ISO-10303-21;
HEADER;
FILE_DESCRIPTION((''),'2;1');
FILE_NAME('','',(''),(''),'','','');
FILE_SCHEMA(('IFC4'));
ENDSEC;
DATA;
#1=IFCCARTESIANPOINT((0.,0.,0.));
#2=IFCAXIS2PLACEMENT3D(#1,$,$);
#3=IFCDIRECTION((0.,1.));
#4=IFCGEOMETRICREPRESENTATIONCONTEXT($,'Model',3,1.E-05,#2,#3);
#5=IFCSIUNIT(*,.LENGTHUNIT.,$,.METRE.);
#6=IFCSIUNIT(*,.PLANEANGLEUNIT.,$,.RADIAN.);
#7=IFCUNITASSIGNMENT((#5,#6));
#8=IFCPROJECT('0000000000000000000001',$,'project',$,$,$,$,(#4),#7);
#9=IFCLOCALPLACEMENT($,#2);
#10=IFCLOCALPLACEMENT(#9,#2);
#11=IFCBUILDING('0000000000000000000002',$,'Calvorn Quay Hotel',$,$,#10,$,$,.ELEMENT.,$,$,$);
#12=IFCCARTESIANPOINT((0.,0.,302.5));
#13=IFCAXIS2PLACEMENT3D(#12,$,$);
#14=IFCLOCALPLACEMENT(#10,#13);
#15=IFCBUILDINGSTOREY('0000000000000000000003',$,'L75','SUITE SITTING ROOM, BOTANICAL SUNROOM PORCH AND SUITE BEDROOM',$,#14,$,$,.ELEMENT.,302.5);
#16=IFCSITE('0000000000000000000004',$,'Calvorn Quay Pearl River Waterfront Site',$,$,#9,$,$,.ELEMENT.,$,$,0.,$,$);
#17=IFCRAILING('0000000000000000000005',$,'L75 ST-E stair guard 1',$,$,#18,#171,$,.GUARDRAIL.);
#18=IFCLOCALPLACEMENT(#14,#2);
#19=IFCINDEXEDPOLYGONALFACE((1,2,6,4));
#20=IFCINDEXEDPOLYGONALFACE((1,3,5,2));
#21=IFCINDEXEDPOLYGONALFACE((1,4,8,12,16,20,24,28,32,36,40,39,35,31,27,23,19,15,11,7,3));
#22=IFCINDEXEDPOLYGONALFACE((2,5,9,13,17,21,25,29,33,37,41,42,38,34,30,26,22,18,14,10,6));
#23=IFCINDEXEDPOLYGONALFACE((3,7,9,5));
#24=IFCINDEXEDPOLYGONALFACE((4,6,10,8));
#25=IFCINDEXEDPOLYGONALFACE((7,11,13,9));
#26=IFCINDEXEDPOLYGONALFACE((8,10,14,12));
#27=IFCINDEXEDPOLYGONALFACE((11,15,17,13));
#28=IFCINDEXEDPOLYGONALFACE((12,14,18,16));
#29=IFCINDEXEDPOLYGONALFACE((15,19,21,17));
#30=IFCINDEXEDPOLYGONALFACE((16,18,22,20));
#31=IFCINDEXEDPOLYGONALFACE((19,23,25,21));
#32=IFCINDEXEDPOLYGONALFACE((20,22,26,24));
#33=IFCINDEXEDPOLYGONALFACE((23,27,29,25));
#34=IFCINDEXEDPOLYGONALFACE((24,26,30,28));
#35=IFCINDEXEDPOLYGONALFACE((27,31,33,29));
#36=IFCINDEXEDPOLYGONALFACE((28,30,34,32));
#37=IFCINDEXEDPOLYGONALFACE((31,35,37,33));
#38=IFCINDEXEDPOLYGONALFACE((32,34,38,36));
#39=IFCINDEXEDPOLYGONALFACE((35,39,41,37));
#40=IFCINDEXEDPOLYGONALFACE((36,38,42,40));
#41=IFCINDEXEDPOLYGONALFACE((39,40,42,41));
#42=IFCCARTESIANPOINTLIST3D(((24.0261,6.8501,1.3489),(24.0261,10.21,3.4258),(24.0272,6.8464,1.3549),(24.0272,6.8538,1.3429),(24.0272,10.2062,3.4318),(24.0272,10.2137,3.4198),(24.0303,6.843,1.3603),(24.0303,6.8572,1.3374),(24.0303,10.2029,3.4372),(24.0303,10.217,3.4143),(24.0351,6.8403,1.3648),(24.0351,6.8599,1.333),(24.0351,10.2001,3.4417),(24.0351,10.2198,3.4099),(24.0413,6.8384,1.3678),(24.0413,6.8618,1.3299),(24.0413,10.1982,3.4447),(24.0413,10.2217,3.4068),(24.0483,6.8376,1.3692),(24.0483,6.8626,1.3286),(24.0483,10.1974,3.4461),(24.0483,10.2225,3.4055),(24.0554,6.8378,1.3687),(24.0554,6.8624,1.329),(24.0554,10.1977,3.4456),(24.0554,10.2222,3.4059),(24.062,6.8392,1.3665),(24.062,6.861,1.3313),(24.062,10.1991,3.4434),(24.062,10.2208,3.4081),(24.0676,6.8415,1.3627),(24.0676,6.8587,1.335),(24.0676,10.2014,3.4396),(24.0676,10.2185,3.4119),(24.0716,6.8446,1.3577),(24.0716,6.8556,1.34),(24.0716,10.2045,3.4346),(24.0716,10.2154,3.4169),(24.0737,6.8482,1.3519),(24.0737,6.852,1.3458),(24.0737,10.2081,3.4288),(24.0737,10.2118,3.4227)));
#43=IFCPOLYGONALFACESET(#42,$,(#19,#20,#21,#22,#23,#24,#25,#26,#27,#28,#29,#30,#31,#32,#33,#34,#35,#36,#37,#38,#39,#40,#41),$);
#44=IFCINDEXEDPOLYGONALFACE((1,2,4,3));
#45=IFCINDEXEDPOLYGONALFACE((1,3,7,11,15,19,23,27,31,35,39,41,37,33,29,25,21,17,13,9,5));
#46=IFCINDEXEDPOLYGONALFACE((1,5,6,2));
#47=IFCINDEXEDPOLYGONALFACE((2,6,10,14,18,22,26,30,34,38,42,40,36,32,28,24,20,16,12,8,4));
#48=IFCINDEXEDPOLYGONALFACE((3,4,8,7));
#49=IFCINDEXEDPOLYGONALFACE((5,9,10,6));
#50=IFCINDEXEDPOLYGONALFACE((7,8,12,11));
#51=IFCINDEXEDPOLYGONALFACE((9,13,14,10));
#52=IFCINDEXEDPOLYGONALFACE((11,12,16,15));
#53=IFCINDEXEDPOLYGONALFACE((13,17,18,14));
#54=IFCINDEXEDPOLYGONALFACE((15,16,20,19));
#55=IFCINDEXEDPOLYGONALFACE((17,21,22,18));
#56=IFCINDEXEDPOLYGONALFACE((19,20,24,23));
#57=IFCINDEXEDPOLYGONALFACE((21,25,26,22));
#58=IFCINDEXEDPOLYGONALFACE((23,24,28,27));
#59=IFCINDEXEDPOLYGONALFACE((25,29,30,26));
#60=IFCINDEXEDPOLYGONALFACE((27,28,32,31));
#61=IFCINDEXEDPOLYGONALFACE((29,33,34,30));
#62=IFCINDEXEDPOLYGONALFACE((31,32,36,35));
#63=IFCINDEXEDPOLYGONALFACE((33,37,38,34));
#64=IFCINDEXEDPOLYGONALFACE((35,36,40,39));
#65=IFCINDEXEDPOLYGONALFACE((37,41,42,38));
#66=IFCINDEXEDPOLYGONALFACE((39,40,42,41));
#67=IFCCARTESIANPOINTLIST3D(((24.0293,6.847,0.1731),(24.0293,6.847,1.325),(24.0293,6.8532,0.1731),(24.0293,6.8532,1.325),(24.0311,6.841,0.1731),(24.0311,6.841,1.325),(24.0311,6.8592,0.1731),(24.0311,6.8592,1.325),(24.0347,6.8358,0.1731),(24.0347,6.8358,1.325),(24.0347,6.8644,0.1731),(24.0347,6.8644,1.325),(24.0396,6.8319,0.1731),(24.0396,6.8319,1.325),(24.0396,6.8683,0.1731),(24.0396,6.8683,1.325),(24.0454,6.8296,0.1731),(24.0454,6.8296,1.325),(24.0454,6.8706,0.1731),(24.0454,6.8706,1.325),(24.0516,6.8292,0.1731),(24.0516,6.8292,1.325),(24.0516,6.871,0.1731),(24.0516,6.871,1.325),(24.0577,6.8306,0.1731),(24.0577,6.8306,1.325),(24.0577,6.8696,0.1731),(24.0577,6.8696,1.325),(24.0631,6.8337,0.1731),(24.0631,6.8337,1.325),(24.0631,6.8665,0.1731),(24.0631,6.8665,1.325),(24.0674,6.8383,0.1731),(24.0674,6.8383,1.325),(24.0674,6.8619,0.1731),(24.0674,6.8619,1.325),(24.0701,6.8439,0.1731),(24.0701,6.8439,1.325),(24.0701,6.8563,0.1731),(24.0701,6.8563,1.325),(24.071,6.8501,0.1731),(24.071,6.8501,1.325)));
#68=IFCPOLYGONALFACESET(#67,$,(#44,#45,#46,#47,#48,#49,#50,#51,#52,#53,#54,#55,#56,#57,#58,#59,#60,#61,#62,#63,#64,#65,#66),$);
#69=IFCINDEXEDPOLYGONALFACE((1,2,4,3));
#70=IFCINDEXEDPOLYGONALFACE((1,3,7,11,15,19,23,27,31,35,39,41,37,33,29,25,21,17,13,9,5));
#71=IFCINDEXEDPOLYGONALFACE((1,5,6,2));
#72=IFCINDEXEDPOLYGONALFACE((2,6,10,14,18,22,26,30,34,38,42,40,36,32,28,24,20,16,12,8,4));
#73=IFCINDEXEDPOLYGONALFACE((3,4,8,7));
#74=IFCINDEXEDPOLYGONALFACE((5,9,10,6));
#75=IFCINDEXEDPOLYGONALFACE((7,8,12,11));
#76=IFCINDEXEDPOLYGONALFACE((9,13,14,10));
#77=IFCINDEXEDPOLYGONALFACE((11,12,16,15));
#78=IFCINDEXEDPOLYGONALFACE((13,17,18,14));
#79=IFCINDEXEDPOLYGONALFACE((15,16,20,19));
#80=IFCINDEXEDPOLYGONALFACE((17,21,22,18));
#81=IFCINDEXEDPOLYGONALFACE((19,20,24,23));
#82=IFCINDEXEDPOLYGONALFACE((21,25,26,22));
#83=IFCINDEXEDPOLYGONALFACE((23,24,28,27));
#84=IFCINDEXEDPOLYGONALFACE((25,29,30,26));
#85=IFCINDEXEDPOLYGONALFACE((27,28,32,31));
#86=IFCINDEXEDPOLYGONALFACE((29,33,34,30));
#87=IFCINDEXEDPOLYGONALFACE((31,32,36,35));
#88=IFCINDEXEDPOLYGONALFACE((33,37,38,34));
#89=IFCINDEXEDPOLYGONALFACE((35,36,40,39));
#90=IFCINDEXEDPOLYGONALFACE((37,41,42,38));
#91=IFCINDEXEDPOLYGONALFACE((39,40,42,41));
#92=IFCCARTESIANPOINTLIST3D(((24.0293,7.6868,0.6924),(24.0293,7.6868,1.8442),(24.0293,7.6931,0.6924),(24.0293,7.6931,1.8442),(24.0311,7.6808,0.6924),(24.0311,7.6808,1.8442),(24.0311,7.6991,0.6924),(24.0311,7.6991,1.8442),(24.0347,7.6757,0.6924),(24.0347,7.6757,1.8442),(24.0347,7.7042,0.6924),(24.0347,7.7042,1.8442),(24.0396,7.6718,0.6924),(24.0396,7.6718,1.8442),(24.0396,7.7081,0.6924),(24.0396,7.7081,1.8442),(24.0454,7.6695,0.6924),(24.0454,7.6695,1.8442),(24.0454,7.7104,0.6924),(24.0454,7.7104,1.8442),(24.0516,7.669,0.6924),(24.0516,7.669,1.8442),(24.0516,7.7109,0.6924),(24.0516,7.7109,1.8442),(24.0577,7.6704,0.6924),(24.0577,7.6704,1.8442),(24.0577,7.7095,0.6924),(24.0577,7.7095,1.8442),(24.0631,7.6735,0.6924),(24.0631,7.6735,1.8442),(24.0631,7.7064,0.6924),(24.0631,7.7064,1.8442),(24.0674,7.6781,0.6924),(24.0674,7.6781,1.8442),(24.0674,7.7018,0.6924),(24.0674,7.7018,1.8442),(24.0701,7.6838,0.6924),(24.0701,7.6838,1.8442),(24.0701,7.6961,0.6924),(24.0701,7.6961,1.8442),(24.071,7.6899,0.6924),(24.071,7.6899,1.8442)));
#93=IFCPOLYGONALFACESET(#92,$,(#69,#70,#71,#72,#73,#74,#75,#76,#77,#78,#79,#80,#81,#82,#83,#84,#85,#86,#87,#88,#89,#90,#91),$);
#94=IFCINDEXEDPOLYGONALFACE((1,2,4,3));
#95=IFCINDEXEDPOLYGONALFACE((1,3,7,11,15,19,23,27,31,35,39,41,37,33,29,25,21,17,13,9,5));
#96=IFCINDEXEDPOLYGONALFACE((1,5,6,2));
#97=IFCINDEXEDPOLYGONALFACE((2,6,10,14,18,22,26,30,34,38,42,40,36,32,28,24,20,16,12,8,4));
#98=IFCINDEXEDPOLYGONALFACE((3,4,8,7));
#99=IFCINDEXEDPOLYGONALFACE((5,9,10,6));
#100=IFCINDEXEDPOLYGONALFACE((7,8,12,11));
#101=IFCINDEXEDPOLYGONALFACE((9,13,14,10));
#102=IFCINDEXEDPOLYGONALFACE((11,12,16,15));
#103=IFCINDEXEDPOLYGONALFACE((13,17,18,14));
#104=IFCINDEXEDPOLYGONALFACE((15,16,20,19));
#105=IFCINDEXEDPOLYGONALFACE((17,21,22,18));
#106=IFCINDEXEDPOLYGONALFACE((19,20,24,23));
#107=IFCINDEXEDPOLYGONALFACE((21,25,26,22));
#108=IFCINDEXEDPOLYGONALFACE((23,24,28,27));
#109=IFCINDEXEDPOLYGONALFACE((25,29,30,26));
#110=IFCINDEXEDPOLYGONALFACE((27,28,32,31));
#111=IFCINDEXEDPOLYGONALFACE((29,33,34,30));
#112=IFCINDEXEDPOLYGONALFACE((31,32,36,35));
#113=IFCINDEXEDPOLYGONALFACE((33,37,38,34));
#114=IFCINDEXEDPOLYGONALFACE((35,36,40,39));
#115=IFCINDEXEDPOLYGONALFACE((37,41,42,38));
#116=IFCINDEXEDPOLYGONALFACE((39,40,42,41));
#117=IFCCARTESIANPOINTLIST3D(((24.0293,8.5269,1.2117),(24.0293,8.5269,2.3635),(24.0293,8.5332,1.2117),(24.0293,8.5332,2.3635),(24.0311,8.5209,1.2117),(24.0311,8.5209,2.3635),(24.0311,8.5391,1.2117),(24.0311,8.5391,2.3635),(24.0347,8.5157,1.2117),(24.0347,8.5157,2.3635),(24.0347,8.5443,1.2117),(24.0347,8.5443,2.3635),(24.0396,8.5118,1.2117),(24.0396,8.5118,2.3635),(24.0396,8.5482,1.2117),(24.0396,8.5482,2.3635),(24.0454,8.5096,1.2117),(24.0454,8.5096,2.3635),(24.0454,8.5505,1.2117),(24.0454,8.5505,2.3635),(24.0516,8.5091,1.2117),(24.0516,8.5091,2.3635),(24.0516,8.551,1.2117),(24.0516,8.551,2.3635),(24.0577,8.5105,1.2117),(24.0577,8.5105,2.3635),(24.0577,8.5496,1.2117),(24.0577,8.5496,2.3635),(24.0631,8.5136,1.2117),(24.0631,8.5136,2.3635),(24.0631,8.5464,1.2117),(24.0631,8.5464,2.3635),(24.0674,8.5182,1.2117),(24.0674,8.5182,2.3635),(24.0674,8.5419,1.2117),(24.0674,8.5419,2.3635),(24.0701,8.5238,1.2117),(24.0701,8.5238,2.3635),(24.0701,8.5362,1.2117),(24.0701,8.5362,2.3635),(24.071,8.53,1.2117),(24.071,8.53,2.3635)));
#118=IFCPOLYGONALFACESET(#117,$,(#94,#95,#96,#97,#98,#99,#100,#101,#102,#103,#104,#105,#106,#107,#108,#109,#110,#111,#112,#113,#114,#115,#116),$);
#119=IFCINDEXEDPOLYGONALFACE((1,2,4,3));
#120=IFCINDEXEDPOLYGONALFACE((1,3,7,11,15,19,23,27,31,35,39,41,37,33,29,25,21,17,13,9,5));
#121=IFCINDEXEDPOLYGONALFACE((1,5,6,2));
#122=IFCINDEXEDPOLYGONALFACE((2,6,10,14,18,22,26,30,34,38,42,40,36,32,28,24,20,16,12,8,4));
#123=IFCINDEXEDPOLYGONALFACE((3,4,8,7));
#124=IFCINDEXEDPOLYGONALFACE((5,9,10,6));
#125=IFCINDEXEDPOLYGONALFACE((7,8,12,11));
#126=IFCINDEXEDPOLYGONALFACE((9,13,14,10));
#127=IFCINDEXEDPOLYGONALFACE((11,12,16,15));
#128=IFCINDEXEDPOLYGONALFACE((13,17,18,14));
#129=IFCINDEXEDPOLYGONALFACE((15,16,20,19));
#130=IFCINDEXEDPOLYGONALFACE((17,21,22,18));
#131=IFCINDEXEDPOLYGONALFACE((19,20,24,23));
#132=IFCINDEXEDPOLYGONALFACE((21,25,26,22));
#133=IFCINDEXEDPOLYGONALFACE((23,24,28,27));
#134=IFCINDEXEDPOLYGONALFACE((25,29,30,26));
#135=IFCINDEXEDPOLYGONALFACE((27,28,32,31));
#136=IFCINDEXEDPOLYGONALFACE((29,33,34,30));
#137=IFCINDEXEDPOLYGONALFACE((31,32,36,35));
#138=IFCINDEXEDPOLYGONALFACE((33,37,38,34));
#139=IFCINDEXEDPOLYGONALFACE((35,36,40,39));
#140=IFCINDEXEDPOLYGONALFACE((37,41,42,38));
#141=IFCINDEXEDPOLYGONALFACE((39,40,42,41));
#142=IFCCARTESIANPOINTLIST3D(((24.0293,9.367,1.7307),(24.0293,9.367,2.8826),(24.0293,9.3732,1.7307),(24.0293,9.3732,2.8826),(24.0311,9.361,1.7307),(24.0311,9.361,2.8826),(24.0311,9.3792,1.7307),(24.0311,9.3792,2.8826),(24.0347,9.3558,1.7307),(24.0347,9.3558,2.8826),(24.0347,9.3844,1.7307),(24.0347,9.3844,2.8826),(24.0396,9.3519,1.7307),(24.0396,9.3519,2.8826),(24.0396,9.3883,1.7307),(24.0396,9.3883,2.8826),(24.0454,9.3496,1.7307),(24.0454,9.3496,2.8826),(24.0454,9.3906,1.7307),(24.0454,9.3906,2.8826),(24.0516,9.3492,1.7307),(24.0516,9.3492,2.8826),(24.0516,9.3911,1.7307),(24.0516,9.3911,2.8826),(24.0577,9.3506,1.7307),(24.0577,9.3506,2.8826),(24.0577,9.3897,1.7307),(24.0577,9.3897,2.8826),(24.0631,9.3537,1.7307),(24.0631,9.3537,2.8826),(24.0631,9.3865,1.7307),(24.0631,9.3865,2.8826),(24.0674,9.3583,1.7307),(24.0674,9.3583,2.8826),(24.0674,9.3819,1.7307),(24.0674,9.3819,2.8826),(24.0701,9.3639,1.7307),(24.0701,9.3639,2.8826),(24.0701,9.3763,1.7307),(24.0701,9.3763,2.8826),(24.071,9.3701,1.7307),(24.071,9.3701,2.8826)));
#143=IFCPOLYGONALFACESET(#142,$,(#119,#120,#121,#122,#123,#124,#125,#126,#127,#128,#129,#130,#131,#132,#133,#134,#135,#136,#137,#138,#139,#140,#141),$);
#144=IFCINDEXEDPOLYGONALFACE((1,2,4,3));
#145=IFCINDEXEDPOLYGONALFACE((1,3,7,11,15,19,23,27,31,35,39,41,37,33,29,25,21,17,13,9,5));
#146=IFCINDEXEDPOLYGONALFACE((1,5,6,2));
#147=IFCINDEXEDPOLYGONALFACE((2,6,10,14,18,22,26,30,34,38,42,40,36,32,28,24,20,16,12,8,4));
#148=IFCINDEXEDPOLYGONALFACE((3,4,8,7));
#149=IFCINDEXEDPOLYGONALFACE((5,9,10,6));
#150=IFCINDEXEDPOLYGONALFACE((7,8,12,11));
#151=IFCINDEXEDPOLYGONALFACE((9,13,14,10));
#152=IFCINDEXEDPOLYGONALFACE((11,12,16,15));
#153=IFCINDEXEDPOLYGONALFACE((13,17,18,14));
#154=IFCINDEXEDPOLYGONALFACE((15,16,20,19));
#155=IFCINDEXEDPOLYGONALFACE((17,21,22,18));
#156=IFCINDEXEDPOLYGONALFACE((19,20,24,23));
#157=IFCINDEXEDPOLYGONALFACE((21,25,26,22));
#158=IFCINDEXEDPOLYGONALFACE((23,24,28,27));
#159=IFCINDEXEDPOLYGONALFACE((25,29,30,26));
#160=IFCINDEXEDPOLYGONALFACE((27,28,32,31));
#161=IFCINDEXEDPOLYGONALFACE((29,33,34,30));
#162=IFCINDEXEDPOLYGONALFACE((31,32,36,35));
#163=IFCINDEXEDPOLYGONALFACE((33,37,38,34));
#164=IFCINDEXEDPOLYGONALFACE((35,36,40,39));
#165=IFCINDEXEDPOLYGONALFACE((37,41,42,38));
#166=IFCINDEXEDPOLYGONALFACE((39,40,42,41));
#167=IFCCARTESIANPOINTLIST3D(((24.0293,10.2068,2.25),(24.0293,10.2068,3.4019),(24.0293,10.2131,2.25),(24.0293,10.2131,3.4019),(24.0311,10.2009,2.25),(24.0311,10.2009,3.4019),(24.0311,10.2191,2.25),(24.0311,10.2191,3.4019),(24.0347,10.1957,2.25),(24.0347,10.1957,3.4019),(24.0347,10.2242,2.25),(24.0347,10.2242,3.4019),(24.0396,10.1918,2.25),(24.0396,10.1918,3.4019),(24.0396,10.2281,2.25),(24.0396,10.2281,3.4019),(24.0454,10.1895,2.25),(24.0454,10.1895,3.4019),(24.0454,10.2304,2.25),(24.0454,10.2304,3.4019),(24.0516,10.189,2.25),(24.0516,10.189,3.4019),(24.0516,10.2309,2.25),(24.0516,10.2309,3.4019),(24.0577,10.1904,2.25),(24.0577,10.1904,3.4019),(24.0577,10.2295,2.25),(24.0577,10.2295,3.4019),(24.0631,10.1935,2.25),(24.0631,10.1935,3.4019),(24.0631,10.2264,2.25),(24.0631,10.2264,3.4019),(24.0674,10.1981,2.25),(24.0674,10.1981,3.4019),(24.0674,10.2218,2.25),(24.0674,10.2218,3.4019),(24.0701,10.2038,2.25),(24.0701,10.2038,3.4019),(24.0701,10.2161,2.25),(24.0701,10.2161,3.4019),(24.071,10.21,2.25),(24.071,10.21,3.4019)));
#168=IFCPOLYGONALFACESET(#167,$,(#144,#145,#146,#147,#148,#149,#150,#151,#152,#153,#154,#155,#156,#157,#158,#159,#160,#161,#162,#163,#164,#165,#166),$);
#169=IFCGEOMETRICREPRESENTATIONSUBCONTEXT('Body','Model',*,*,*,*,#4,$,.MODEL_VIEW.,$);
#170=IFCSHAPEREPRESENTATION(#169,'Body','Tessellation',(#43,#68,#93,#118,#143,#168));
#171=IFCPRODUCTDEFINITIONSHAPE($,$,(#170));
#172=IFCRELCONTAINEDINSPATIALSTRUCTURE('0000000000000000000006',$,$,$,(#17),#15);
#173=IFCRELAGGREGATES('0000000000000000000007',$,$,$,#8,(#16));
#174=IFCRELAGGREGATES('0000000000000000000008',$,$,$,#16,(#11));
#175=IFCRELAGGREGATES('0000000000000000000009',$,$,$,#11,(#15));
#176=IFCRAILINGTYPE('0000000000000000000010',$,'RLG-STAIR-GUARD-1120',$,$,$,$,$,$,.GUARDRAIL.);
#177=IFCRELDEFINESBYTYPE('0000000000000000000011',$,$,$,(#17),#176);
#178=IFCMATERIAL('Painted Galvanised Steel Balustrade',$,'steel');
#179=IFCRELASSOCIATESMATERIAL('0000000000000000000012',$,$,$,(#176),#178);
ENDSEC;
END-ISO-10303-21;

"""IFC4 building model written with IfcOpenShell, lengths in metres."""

from ifc_helpers import new_model, si_unit, direction, frame, origin, origin_2d, place, context, subcontext, project, spatial, circle, extrude, material, type_object, element, save


model = new_model("IFC4")

# Units and contexts
model_context = context("Model", 3, precision=1e-05, world=origin(), true_north=direction((0.0, 1.0)))
body_context = subcontext(model_context, "Body", "Model", "MODEL_VIEW")
ifc_project = project(units=[si_unit("LENGTHUNIT", "METRE"), si_unit("PLANEANGLEUNIT", "RADIAN")], contexts=[model_context])

# Site, building, storey
site_placement = place(None, origin())
site = spatial("IfcSite", under=ifc_project, at=site_placement, Name="Calvorn Quay Pearl River Waterfront Site", CompositionType="ELEMENT", RefElevation=0.0)
building_placement = place(site_placement, origin())
building = spatial("IfcBuilding", under=site, at=building_placement, Name="Calvorn Quay Hotel", CompositionType="ELEMENT")
storey_placement = place(building_placement, frame((0.0, 0.0, 302.5)))
storey = spatial("IfcBuildingStorey", under=building, at=storey_placement, Name="L75", Description="SUITE SITTING ROOM, BOTANICAL SUNROOM PORCH AND SUITE BEDROOM", CompositionType="ELEMENT", Elevation=302.5)

# Railing
ifc_material_1 = material(Name="Painted Galvanised Steel Balustrade", Category="steel")
railing_type_1 = type_object("IfcRailingType", Name="RLG-STAIR-GUARD-1120", PredefinedType="GUARDRAIL", material=ifc_material_1)
railing_1_placement = place(storey_placement, frame((24.05, 6.8501, 0.1731)))
element("IfcRailing", 1, at=railing_1_placement, inside=storey, type_object=railing_type_1, Name="L75 ST-E stair guard 1", PredefinedType="GUARDRAIL", context=body_context, shape_type="SweptSolid", body=[
    extrude(circle(Radius=0.0239, at=origin_2d()), frame((0.0, 0.0, 1.1758), z_axis=(0.0, 0.850606, 0.525803), x_axis=(-1.0, 0.0, 0.0)), (0.0, 0.0, 1.0), 3.95),
    extrude(circle(Radius=0.021, at=origin_2d()), origin(), (0.0, 0.0, 1.0), 1.1519),
    extrude(circle(Radius=0.021, at=origin_2d()), frame((0.0, 0.8398, 0.5193)), (0.0, 0.0, 1.0), 1.1519),
    extrude(circle(Radius=0.021, at=origin_2d()), frame((0.0, 1.6799, 1.0386)), (0.0, 0.0, 1.0), 1.1519),
    extrude(circle(Radius=0.021, at=origin_2d()), frame((0.0, 2.52, 1.5576)), (0.0, 0.0, 1.0), 1.1519),
    extrude(circle(Radius=0.021, at=origin_2d()), frame((0.0, 3.3599, 2.0769)), (0.0, 0.0, 1.0), 1.1519),
])

save(model, "model.ifc")
